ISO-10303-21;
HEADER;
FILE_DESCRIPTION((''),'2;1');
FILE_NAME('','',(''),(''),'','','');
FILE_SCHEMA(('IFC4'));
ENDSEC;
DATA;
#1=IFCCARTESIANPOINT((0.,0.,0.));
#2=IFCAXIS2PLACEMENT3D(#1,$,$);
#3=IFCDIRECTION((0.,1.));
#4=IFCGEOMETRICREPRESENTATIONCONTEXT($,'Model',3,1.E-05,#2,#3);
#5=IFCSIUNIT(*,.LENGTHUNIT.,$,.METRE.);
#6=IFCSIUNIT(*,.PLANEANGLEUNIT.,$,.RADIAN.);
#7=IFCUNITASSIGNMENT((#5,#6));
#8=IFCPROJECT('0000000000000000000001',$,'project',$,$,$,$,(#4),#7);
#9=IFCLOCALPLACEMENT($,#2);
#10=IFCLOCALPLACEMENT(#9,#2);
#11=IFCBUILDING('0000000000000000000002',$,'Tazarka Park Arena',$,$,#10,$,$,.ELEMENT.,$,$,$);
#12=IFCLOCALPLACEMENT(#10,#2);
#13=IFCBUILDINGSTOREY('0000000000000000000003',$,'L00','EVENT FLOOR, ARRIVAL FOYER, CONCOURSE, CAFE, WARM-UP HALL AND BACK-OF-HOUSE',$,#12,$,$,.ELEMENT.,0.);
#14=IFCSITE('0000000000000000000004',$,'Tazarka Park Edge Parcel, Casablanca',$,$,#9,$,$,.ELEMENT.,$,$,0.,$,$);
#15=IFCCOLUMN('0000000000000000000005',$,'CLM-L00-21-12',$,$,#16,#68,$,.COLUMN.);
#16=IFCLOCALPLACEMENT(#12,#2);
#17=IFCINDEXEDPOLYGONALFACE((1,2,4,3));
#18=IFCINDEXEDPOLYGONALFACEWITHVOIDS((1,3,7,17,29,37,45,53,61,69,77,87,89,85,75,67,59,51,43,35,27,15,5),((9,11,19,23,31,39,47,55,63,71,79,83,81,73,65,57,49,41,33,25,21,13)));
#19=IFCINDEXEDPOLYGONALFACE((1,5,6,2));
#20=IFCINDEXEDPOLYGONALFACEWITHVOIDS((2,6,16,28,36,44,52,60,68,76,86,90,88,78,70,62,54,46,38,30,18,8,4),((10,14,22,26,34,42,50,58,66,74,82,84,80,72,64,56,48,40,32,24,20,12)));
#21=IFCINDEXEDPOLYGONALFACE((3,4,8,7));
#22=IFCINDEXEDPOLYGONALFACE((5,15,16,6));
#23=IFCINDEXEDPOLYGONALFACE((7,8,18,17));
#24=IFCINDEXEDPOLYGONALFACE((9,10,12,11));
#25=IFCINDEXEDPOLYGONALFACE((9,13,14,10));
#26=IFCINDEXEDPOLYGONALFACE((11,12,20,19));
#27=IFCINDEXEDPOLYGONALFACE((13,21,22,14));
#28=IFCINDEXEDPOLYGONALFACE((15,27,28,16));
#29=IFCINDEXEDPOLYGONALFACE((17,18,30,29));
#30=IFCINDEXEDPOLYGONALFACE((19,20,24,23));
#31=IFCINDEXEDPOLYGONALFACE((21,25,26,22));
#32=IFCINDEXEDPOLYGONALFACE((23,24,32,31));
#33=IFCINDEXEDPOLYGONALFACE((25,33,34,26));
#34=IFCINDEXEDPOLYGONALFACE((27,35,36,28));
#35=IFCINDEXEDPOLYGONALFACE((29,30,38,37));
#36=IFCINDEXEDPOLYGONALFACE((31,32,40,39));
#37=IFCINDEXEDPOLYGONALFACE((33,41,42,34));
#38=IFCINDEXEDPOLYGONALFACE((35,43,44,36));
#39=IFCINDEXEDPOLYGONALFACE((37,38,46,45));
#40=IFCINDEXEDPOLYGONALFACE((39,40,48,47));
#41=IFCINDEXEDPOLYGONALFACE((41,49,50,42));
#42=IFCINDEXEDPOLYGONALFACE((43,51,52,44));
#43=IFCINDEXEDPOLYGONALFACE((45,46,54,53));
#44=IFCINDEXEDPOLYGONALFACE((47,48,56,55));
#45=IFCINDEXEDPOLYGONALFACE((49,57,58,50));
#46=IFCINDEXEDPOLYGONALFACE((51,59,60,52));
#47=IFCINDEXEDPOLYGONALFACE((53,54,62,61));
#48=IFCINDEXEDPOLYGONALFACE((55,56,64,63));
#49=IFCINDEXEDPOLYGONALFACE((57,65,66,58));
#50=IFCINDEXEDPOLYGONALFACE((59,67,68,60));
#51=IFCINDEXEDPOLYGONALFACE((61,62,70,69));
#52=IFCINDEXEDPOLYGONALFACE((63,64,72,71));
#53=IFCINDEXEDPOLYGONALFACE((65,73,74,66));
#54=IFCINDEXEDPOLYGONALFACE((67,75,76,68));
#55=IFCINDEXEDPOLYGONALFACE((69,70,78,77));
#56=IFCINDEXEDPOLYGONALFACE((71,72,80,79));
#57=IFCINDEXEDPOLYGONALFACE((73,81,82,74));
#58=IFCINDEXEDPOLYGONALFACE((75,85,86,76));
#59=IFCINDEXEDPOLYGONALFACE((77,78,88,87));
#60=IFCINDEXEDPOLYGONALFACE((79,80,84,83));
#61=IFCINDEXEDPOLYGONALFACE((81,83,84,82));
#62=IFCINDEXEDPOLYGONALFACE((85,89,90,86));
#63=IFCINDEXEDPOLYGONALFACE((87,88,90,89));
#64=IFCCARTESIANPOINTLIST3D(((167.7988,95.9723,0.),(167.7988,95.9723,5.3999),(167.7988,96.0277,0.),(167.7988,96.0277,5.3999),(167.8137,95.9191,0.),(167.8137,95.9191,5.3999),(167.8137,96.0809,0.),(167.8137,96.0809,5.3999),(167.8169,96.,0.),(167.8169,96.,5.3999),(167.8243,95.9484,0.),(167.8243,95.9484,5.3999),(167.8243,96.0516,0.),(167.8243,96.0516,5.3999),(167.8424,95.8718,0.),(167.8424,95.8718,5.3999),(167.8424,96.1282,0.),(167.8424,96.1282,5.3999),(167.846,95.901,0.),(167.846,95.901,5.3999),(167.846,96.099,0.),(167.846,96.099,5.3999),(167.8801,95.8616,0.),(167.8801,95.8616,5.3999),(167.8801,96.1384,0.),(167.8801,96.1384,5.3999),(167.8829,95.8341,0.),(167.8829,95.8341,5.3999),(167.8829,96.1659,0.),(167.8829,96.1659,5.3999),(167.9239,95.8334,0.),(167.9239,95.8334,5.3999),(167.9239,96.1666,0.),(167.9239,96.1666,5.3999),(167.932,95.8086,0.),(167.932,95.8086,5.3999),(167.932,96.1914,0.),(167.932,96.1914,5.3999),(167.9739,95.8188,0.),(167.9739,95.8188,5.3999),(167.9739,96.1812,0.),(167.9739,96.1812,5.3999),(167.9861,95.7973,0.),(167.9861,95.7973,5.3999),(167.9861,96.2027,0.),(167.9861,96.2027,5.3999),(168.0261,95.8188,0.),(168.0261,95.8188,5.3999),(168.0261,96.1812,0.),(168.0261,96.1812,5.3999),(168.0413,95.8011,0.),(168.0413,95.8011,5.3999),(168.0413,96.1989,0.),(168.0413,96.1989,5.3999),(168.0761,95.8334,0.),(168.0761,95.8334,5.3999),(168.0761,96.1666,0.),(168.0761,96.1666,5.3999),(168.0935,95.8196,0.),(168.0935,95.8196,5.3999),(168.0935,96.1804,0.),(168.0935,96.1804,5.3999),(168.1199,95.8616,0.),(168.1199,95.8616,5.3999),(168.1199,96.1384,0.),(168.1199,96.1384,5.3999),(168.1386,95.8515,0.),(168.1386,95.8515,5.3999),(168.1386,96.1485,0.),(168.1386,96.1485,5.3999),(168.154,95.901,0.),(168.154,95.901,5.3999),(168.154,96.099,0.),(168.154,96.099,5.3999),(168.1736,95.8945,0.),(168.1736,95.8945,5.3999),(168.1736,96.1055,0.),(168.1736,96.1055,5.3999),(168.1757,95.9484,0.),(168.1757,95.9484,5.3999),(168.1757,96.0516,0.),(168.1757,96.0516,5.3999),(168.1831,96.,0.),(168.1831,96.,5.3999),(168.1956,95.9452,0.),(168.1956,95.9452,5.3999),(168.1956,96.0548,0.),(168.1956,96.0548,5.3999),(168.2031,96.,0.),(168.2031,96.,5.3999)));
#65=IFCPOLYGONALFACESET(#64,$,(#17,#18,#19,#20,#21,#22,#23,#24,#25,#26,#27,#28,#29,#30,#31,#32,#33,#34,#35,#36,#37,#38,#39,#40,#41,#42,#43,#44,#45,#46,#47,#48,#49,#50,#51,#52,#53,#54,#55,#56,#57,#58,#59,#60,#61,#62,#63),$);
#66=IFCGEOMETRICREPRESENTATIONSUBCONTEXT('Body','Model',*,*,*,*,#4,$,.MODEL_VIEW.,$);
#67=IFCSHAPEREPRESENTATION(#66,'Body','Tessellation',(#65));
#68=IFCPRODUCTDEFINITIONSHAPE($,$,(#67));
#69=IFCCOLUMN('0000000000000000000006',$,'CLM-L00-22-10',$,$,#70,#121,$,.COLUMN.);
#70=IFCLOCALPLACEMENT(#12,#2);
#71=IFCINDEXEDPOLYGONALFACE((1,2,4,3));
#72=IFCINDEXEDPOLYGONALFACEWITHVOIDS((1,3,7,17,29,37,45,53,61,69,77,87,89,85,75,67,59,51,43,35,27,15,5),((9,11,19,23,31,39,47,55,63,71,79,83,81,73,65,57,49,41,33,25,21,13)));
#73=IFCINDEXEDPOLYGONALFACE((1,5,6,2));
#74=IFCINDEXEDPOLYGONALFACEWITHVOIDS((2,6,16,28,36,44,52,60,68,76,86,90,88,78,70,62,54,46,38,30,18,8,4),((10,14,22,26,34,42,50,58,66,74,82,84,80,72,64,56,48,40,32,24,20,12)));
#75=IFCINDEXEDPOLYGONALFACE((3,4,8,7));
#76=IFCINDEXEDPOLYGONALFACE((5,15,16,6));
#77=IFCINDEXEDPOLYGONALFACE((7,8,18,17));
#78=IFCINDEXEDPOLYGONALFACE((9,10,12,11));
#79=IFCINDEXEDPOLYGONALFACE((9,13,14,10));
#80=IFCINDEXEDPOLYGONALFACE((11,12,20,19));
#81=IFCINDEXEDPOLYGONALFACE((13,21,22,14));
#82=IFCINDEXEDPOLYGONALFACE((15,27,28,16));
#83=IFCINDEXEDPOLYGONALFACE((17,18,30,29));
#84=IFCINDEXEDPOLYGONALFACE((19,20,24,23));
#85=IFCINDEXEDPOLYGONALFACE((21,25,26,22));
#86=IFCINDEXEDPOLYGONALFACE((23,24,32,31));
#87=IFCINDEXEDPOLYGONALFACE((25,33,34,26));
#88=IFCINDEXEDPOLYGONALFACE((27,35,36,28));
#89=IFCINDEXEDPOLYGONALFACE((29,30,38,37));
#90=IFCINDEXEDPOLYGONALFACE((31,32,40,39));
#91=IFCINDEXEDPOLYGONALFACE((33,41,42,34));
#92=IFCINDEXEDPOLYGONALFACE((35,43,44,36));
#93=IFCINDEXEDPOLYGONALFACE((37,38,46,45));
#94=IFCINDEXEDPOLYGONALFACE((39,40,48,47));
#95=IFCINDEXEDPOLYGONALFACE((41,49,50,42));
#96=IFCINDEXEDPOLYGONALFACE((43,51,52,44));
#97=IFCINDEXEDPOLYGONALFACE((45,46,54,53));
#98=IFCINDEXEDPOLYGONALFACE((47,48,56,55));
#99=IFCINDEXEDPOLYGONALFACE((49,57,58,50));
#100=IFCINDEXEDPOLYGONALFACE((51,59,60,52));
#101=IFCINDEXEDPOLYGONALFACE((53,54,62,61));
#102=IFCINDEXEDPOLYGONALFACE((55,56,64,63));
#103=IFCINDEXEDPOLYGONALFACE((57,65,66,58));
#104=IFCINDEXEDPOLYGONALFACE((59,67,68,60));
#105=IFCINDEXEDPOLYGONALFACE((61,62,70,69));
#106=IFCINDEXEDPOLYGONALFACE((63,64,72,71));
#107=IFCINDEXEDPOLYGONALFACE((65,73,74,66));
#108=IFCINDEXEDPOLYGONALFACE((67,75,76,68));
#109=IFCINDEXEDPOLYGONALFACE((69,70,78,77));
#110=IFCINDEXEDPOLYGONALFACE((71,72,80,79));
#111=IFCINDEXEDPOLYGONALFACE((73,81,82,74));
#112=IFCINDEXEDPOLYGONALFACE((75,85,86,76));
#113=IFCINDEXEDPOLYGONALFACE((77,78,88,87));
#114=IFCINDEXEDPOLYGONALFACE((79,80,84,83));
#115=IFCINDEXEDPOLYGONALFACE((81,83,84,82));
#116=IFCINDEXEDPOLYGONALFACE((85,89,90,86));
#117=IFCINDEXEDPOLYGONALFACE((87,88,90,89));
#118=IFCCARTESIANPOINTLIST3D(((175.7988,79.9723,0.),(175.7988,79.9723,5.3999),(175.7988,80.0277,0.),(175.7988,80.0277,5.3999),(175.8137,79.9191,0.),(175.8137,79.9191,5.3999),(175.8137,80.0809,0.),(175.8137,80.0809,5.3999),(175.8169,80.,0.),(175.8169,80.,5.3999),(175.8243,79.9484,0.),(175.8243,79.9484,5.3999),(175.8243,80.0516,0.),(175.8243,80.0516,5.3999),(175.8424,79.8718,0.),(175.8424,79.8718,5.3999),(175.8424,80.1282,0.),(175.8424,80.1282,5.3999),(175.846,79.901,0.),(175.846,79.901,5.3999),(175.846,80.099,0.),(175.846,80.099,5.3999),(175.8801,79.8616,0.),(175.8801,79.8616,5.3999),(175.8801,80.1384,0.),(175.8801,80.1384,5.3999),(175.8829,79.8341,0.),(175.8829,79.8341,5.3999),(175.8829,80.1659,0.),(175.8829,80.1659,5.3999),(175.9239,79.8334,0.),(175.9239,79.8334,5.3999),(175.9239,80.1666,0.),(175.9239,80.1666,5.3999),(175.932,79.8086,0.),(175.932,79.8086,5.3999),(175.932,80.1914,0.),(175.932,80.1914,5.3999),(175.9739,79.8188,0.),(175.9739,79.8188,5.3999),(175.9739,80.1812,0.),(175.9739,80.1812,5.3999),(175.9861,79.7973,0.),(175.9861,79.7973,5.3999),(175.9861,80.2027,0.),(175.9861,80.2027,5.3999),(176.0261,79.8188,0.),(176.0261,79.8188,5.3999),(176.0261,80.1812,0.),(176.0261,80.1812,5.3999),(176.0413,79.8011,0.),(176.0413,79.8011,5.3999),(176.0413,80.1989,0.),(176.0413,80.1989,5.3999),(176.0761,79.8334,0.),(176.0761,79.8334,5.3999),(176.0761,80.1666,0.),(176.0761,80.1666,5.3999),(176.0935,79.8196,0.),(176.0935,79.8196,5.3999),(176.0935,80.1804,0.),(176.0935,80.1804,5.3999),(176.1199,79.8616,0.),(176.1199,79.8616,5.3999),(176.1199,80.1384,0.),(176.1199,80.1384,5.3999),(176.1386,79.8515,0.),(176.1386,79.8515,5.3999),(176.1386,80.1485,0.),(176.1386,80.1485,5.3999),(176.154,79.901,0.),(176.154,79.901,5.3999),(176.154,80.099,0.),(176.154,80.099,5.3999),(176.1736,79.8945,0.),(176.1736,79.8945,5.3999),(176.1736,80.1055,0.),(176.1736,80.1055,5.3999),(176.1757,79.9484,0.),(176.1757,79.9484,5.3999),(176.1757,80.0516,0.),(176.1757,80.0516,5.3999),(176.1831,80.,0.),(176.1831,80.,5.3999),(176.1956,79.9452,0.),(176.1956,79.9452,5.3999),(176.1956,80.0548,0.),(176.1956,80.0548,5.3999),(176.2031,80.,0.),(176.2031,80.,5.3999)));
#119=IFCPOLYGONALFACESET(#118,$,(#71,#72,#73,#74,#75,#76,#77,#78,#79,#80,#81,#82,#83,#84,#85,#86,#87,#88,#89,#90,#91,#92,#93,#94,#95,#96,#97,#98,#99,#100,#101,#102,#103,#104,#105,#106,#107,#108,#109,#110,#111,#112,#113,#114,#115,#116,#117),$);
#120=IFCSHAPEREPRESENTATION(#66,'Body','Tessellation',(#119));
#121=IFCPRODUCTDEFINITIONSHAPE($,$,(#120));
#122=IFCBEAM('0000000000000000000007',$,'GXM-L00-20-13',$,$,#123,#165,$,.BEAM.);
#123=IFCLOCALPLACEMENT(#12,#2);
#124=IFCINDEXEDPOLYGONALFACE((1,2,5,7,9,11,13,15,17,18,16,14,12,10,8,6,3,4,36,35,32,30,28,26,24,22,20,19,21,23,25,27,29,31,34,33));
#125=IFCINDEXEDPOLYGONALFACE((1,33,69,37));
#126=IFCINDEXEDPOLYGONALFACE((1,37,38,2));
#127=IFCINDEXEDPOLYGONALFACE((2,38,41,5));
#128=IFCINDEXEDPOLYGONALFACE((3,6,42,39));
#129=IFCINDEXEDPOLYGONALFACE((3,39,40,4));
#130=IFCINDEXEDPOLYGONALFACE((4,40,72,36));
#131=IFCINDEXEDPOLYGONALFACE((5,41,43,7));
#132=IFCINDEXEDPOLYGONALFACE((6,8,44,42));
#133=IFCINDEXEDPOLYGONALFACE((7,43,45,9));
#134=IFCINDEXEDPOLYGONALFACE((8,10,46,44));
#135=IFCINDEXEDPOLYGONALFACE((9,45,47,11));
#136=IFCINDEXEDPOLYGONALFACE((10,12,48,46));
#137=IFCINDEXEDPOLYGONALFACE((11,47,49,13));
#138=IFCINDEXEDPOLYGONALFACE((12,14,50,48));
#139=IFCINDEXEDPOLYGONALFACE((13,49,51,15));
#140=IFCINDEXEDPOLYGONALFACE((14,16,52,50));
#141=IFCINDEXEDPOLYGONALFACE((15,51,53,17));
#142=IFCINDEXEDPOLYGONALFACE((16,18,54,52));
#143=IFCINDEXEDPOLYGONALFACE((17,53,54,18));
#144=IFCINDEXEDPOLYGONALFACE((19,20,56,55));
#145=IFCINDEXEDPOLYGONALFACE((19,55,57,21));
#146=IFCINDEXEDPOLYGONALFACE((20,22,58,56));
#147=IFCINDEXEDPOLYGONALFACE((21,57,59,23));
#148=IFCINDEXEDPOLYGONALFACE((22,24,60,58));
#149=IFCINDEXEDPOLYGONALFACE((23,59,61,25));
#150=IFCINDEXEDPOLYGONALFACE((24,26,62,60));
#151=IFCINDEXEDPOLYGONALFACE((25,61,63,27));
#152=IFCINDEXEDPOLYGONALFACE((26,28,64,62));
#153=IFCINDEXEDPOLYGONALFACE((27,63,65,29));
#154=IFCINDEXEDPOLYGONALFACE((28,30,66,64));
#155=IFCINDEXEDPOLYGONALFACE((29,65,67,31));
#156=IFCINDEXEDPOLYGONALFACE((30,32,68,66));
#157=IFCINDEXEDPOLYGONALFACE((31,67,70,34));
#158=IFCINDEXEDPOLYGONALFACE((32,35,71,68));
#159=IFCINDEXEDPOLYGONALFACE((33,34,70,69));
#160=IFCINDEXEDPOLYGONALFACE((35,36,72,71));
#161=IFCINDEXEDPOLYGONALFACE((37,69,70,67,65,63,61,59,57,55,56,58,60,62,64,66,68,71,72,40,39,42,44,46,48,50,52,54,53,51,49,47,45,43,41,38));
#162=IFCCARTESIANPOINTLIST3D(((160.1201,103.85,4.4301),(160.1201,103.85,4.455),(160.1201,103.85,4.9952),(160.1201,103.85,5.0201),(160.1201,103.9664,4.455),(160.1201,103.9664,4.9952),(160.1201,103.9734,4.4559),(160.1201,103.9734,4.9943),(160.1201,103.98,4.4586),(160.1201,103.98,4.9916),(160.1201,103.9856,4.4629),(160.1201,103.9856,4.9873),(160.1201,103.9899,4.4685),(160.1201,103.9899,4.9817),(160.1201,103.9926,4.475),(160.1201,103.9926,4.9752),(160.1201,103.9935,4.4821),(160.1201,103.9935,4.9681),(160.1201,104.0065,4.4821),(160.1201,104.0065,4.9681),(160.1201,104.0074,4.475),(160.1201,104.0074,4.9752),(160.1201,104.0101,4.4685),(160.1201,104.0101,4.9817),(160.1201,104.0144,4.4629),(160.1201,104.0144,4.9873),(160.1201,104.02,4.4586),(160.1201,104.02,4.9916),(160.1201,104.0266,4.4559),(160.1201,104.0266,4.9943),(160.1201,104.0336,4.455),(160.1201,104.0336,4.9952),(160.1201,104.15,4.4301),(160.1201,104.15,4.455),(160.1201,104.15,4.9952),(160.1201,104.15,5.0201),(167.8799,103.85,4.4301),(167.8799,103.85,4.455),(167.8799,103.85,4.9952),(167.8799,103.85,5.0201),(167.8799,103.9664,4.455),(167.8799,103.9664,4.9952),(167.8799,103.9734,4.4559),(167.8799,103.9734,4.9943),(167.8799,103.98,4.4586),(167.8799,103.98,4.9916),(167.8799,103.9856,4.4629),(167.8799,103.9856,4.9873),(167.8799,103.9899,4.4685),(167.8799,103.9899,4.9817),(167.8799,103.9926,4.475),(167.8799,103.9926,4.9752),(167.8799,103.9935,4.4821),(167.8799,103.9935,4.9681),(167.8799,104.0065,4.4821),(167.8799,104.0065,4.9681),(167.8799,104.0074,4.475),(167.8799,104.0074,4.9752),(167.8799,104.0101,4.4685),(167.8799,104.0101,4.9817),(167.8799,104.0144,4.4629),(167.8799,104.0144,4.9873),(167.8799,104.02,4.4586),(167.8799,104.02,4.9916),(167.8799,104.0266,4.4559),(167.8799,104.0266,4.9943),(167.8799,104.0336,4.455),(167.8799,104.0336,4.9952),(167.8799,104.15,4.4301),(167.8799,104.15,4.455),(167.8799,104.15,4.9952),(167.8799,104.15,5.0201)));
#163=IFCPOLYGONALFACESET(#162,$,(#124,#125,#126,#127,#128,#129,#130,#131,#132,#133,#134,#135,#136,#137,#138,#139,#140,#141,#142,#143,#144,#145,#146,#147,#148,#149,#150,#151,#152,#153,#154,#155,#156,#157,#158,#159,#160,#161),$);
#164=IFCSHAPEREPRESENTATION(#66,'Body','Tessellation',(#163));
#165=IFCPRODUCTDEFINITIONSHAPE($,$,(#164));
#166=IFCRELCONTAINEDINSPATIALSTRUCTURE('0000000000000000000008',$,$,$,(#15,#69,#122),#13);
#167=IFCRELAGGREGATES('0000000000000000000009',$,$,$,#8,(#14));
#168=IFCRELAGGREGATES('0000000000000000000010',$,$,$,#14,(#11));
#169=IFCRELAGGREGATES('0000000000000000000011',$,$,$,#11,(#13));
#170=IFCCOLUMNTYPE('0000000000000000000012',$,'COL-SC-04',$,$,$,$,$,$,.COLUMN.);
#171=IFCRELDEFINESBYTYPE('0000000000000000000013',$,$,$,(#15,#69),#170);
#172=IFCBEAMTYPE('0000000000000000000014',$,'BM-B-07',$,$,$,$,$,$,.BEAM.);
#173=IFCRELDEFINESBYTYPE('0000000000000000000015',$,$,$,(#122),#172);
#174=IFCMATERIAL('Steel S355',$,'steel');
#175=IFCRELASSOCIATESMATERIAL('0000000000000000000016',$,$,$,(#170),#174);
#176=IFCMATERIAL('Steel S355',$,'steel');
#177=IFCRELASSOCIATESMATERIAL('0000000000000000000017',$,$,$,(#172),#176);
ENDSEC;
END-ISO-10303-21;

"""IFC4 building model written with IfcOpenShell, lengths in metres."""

from ifc_helpers import new_model, si_unit, direction, frame, origin, origin_2d, place, context, subcontext, project, spatial, hollow_circle, i_section, extrude, material, material_profile, profile_set, type_object, element, save


model = new_model("IFC4")

# Units and contexts
model_context = context("Model", 3, precision=1e-05, world=origin(), true_north=direction((0.0, 1.0)))
body_context = subcontext(model_context, "Body", "Model", "MODEL_VIEW")
ifc_project = project(units=[si_unit("LENGTHUNIT", "METRE"), si_unit("PLANEANGLEUNIT", "RADIAN")], contexts=[model_context])

# Site, building, storey
site_placement = place(None, origin())
site = spatial("IfcSite", under=ifc_project, at=site_placement, Name="Tazarka Park Edge Parcel, Casablanca", CompositionType="ELEMENT", RefElevation=0.0)
building_placement = place(site_placement, origin())
building = spatial("IfcBuilding", under=site, at=building_placement, Name="Tazarka Park Arena", CompositionType="ELEMENT")
storey_placement = place(building_placement, origin())
storey = spatial("IfcBuildingStorey", under=building, at=storey_placement, Name="L00", Description="EVENT FLOOR, ARRIVAL FOYER, CONCOURSE, CAFE, WARM-UP HALL AND BACK-OF-HOUSE", CompositionType="ELEMENT", Elevation=0.0)

# Columns
ifc_material_1 = material(Name="Steel S355", Category="steel")
ifc_material_profile_1 = material_profile(ifc_material_1, hollow_circle(Radius=0.2031, WallThickness=0.02, at=origin_2d()), Name="Steel S355")
ifc_profile_set_1 = profile_set([ifc_material_profile_1], Name="Steel S355")
column_type_1 = type_object("IfcColumnType", Name="COL-SC-04", PredefinedType="COLUMN", material=ifc_profile_set_1)
for number, where, z_axis, x_axis, name in (
    (1, (168.0, 96.0, 0.0), (0.0, 0.0, 1.0), (1.0, 0.0, 0.0), "CLM-L00-21-12"),
    (2, (176.0, 80.0, 0.0), (0.0, 0.0, 1.0), (1.0, 0.0, 0.0), "CLM-L00-22-10"),
):
    element("IfcColumn", number, at=place(storey_placement, frame(where, z_axis=z_axis, x_axis=x_axis)), inside=storey, type_object=column_type_1, Name=name, PredefinedType="COLUMN", context=body_context, shape_type="SweptSolid", body=[
        extrude(hollow_circle(Radius=0.2031, WallThickness=0.02, at=origin_2d()), origin(), (0.0, 0.0, 1.0), 5.3999),
    ])

# Beam
ifc_material_2 = material(Name="Steel S355", Category="steel")
ifc_material_profile_2 = material_profile(ifc_material_2, i_section(OverallWidth=0.3, OverallDepth=0.5901, WebThickness=0.0129, FlangeThickness=0.0249, FilletRadius=0.0271, at=origin_2d()), Name="Steel S355")
ifc_profile_set_2 = profile_set([ifc_material_profile_2], Name="Steel S355")
beam_type_1 = type_object("IfcBeamType", Name="BM-B-07", PredefinedType="BEAM", material=ifc_profile_set_2)
for number, where, z_axis, x_axis, name in (
    (3, (160.1201, 104.0, 4.7251), (1.0, 0.0, 0.0), (0.0, 1.0, 0.0), "GXM-L00-20-13"),
):
    element("IfcBeam", number, at=place(storey_placement, frame(where, z_axis=z_axis, x_axis=x_axis)), inside=storey, type_object=beam_type_1, Name=name, PredefinedType="BEAM", context=body_context, shape_type="SweptSolid", body=[
        extrude(i_section(OverallWidth=0.3, OverallDepth=0.5901, WebThickness=0.0129, FlangeThickness=0.0249, FilletRadius=0.0271, at=origin_2d()), origin(), (0.0, 0.0, 1.0), 7.7598),
    ])

save(model, "model.ifc")
